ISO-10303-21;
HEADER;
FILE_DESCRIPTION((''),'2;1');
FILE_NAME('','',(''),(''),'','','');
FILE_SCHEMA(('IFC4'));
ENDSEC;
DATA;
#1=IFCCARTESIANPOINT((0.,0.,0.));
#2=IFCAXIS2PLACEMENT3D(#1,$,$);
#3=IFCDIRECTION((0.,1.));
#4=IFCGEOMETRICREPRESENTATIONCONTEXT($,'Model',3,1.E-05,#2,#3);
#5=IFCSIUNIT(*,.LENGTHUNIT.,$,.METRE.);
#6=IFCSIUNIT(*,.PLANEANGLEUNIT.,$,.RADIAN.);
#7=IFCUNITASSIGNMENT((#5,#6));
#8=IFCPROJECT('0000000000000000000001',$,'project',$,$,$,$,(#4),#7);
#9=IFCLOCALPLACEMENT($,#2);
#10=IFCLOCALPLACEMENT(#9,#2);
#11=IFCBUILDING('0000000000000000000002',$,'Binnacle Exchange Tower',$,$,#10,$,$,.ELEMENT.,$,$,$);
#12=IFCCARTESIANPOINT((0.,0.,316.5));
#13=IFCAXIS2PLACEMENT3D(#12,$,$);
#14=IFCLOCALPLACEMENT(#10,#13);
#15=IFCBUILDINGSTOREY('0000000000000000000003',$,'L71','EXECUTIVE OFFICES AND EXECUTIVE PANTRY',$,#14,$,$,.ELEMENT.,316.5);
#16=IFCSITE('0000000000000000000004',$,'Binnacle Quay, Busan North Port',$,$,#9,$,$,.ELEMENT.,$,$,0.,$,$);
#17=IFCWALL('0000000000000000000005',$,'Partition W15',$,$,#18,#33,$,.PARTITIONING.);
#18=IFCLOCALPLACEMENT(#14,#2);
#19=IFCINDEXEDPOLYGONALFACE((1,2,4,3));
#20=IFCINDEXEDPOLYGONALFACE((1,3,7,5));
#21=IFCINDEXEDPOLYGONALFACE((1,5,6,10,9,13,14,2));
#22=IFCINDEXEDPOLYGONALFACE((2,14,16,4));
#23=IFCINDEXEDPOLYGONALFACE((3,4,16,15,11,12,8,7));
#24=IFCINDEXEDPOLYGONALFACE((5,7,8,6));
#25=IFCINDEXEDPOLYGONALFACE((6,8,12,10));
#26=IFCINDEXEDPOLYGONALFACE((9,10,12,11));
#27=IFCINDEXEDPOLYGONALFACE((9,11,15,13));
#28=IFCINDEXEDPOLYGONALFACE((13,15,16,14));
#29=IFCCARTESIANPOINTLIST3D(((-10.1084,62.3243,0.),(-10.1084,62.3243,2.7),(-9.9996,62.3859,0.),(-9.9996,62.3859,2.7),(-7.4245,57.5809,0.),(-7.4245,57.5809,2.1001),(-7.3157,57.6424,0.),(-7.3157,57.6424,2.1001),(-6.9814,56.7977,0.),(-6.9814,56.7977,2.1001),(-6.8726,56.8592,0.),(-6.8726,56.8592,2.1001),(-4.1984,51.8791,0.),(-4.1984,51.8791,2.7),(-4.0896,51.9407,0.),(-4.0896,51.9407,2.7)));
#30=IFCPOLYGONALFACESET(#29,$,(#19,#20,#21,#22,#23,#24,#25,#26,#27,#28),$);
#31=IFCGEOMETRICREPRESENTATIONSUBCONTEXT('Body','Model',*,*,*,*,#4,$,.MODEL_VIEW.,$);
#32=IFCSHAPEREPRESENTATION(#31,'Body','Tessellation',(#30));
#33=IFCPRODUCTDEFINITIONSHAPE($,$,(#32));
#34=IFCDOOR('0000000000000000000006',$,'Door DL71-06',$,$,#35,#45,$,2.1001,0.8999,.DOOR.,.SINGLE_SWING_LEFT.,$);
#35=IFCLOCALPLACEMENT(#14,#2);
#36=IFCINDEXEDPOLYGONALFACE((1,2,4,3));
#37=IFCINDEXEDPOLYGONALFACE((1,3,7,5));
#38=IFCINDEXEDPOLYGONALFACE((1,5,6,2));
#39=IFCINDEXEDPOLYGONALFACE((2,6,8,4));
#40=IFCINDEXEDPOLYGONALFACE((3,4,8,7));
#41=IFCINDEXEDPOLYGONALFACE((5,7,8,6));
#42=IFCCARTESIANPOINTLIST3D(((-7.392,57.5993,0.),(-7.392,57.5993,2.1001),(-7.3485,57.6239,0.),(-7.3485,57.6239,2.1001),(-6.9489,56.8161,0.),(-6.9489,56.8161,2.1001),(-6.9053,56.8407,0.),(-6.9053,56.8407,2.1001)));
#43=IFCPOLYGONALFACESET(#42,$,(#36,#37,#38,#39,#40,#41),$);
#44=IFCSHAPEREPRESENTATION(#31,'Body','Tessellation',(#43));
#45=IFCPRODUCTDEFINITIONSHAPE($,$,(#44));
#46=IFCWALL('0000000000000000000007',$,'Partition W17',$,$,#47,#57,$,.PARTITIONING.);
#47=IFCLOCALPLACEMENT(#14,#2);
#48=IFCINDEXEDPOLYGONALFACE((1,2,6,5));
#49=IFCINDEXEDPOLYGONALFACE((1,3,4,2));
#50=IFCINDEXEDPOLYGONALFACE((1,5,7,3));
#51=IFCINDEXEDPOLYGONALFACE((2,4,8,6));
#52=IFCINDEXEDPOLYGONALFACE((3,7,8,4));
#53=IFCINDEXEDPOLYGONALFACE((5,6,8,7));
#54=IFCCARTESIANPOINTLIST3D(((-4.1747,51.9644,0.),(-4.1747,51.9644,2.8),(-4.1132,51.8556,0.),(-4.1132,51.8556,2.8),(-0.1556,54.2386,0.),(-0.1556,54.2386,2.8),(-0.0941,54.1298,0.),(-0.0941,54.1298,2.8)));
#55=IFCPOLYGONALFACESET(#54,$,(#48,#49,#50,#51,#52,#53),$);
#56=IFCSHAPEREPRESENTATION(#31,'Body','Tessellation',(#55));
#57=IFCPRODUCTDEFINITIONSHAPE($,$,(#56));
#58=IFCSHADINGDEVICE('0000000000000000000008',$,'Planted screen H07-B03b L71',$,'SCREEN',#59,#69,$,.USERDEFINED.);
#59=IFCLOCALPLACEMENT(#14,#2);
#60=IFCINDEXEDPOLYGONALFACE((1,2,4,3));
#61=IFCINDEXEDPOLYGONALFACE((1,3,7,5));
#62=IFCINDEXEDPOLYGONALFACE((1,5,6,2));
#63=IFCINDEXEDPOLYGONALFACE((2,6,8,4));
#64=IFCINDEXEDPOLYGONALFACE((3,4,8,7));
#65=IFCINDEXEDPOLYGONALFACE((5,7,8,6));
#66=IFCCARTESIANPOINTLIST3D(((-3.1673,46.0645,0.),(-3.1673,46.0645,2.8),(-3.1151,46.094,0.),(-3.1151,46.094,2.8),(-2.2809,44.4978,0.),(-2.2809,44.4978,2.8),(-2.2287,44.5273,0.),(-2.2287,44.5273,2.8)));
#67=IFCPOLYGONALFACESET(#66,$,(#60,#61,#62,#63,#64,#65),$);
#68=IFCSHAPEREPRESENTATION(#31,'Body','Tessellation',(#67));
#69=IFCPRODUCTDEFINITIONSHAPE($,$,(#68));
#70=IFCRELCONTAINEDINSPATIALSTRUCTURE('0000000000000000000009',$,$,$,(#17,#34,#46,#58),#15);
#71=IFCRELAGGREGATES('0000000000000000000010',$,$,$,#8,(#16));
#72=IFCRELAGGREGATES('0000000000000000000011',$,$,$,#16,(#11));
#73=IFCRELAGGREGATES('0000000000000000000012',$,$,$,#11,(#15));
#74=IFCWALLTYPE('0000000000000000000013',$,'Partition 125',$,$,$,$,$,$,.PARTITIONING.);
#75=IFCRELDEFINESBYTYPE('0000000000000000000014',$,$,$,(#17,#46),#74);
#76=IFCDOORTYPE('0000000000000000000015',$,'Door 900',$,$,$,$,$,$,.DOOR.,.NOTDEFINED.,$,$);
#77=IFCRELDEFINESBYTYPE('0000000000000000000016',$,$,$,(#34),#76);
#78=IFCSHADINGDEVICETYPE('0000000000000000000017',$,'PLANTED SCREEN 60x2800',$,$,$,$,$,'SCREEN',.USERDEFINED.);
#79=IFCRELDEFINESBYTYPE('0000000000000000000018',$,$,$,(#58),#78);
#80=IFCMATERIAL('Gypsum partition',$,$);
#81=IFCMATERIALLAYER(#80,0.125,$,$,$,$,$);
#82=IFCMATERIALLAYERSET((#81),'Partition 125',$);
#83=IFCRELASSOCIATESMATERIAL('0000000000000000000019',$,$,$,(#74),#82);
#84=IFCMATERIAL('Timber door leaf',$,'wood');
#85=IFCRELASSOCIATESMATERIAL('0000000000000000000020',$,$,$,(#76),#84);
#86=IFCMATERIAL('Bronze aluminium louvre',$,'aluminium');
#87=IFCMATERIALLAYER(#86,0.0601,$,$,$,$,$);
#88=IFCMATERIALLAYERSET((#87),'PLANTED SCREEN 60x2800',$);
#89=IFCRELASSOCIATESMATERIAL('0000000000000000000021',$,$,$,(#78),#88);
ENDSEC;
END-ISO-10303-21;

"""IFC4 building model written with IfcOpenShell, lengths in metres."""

from ifc_helpers import new_model, si_unit, direction, frame, frame_2d, origin, origin_2d, place, context, subcontext, project, spatial, rectangle, extrude, material, layer, layer_set, type_object, element, fill, save


model = new_model("IFC4")

# Units and contexts
model_context = context("Model", 3, precision=1e-05, world=origin(), true_north=direction((0.0, 1.0)))
body_context = subcontext(model_context, "Body", "Model", "MODEL_VIEW")
ifc_project = project(units=[si_unit("LENGTHUNIT", "METRE"), si_unit("PLANEANGLEUNIT", "RADIAN")], contexts=[model_context])

# Site, building, storey
site_placement = place(None, origin())
site = spatial("IfcSite", under=ifc_project, at=site_placement, Name="Binnacle Quay, Busan North Port", CompositionType="ELEMENT", RefElevation=0.0)
building_placement = place(site_placement, origin())
building = spatial("IfcBuilding", under=site, at=building_placement, Name="Binnacle Exchange Tower", CompositionType="ELEMENT")
storey_placement = place(building_placement, frame((0.0, 0.0, 316.5)))
storey = spatial("IfcBuildingStorey", under=building, at=storey_placement, Name="L71", Description="EXECUTIVE OFFICES AND EXECUTIVE PANTRY", CompositionType="ELEMENT", Elevation=316.5)

# Shared definitions
ifc_material_1 = material(Name="Gypsum partition")
ifc_layer_1 = layer(ifc_material_1, 0.125)
ifc_layer_set_1 = layer_set([ifc_layer_1], Name="Partition 125")
wall_type_1 = type_object("IfcWallType", Name="Partition 125", PredefinedType="PARTITIONING", material=ifc_layer_set_1)

# Wall, opening, door
wall_1_placement = place(storey_placement, frame((-10.054, 62.355, 0.0), z_axis=(0.0, 0.0, 1.0), x_axis=(0.492447, -0.870342, 0.0)))
wall_1 = element("IfcWall", 1, at=wall_1_placement, inside=storey, type_object=wall_type_1, Name="Partition W15", PredefinedType="PARTITIONING", context=body_context, shape_type="SweptSolid", body=[
    extrude(rectangle(XDim=12.0012, YDim=0.125, at=frame_2d((6.0005, 0.0))), origin(), (0.0, 0.0, 1.0), 2.7),
])
opening_1_placement = place(wall_1_placement, frame((5.45, 0.0, 0.0)))
opening_1 = element("IfcOpeningElement", 2, at=opening_1_placement, cuts=wall_1, PredefinedType="OPENING", context=body_context, shape_type="SweptSolid", body=[
    extrude(rectangle(XDim=0.8999, YDim=2.1001, at=frame_2d((0.45, 1.05))), frame((0.0, 0.0725, 0.0), z_axis=(0.0, -1.0, 0.0), x_axis=(1.0, 0.0, 0.0)), (0.0, 0.0, 1.0), 0.145),
])
ifc_material_2 = material(Name="Timber door leaf", Category="wood")
door_type_1 = type_object("IfcDoorType", Name="Door 900", OperationType="NOTDEFINED", PredefinedType="DOOR", material=ifc_material_2)
door_1_placement = place(opening_1_placement, origin())
door_1 = element("IfcDoor", 3, at=door_1_placement, inside=storey, type_object=door_type_1, Name="Door DL71-06", OperationType="SINGLE_SWING_LEFT", OverallHeight=2.1001, OverallWidth=0.8999, PredefinedType="DOOR", context=body_context, shape_type="SweptSolid", body=[
    extrude(rectangle(XDim=0.8999, YDim=2.1001, at=frame_2d((0.45, 1.05))), frame((0.0, 0.0249, 0.0), z_axis=(0.0, -1.0, 0.0), x_axis=(1.0, 0.0, 0.0)), (0.0, 0.0, 1.0), 0.05),
])
fill(opening_1, door_1)

# Wall
wall_2_placement = place(storey_placement, frame((-4.144, 51.9099, 0.0), z_axis=(0.0, 0.0, 1.0), x_axis=(0.870327, 0.492474, 0.0)))
element("IfcWall", 4, at=wall_2_placement, inside=storey, type_object=wall_type_1, Name="Partition W17", PredefinedType="PARTITIONING", context=body_context, shape_type="SweptSolid", body=[
    extrude(rectangle(XDim=4.6179, YDim=0.125, at=frame_2d((2.3091, 0.0))), origin(), (0.0, 0.0, 1.0), 2.8),
])

# Shading device
ifc_material_3 = material(Name="Bronze aluminium louvre", Category="aluminium")
ifc_layer_2 = layer(ifc_material_3, 0.0601)
ifc_layer_set_2 = layer_set([ifc_layer_2], Name="PLANTED SCREEN 60x2800")
shading_device_type = type_object("IfcShadingDeviceType", Name="PLANTED SCREEN 60x2800", ElementType="SCREEN", PredefinedType="USERDEFINED", material=ifc_layer_set_2)
shading_device_placement = place(storey_placement, frame((-2.698, 45.2959, 0.0), z_axis=(0.0, 0.0, 1.0), x_axis=(0.870356, 0.492424, 0.0)))
element("IfcShadingDevice", 5, at=shading_device_placement, inside=storey, type_object=shading_device_type, Name="Planted screen H07-B03b L71", ObjectType="SCREEN", PredefinedType="USERDEFINED", context=body_context, shape_type="SweptSolid", body=[
    extrude(rectangle(XDim=0.0601, YDim=1.8, at=origin_2d()), origin(), (0.0, 0.0, 1.0), 2.8),
])

save(model, "model.ifc")
